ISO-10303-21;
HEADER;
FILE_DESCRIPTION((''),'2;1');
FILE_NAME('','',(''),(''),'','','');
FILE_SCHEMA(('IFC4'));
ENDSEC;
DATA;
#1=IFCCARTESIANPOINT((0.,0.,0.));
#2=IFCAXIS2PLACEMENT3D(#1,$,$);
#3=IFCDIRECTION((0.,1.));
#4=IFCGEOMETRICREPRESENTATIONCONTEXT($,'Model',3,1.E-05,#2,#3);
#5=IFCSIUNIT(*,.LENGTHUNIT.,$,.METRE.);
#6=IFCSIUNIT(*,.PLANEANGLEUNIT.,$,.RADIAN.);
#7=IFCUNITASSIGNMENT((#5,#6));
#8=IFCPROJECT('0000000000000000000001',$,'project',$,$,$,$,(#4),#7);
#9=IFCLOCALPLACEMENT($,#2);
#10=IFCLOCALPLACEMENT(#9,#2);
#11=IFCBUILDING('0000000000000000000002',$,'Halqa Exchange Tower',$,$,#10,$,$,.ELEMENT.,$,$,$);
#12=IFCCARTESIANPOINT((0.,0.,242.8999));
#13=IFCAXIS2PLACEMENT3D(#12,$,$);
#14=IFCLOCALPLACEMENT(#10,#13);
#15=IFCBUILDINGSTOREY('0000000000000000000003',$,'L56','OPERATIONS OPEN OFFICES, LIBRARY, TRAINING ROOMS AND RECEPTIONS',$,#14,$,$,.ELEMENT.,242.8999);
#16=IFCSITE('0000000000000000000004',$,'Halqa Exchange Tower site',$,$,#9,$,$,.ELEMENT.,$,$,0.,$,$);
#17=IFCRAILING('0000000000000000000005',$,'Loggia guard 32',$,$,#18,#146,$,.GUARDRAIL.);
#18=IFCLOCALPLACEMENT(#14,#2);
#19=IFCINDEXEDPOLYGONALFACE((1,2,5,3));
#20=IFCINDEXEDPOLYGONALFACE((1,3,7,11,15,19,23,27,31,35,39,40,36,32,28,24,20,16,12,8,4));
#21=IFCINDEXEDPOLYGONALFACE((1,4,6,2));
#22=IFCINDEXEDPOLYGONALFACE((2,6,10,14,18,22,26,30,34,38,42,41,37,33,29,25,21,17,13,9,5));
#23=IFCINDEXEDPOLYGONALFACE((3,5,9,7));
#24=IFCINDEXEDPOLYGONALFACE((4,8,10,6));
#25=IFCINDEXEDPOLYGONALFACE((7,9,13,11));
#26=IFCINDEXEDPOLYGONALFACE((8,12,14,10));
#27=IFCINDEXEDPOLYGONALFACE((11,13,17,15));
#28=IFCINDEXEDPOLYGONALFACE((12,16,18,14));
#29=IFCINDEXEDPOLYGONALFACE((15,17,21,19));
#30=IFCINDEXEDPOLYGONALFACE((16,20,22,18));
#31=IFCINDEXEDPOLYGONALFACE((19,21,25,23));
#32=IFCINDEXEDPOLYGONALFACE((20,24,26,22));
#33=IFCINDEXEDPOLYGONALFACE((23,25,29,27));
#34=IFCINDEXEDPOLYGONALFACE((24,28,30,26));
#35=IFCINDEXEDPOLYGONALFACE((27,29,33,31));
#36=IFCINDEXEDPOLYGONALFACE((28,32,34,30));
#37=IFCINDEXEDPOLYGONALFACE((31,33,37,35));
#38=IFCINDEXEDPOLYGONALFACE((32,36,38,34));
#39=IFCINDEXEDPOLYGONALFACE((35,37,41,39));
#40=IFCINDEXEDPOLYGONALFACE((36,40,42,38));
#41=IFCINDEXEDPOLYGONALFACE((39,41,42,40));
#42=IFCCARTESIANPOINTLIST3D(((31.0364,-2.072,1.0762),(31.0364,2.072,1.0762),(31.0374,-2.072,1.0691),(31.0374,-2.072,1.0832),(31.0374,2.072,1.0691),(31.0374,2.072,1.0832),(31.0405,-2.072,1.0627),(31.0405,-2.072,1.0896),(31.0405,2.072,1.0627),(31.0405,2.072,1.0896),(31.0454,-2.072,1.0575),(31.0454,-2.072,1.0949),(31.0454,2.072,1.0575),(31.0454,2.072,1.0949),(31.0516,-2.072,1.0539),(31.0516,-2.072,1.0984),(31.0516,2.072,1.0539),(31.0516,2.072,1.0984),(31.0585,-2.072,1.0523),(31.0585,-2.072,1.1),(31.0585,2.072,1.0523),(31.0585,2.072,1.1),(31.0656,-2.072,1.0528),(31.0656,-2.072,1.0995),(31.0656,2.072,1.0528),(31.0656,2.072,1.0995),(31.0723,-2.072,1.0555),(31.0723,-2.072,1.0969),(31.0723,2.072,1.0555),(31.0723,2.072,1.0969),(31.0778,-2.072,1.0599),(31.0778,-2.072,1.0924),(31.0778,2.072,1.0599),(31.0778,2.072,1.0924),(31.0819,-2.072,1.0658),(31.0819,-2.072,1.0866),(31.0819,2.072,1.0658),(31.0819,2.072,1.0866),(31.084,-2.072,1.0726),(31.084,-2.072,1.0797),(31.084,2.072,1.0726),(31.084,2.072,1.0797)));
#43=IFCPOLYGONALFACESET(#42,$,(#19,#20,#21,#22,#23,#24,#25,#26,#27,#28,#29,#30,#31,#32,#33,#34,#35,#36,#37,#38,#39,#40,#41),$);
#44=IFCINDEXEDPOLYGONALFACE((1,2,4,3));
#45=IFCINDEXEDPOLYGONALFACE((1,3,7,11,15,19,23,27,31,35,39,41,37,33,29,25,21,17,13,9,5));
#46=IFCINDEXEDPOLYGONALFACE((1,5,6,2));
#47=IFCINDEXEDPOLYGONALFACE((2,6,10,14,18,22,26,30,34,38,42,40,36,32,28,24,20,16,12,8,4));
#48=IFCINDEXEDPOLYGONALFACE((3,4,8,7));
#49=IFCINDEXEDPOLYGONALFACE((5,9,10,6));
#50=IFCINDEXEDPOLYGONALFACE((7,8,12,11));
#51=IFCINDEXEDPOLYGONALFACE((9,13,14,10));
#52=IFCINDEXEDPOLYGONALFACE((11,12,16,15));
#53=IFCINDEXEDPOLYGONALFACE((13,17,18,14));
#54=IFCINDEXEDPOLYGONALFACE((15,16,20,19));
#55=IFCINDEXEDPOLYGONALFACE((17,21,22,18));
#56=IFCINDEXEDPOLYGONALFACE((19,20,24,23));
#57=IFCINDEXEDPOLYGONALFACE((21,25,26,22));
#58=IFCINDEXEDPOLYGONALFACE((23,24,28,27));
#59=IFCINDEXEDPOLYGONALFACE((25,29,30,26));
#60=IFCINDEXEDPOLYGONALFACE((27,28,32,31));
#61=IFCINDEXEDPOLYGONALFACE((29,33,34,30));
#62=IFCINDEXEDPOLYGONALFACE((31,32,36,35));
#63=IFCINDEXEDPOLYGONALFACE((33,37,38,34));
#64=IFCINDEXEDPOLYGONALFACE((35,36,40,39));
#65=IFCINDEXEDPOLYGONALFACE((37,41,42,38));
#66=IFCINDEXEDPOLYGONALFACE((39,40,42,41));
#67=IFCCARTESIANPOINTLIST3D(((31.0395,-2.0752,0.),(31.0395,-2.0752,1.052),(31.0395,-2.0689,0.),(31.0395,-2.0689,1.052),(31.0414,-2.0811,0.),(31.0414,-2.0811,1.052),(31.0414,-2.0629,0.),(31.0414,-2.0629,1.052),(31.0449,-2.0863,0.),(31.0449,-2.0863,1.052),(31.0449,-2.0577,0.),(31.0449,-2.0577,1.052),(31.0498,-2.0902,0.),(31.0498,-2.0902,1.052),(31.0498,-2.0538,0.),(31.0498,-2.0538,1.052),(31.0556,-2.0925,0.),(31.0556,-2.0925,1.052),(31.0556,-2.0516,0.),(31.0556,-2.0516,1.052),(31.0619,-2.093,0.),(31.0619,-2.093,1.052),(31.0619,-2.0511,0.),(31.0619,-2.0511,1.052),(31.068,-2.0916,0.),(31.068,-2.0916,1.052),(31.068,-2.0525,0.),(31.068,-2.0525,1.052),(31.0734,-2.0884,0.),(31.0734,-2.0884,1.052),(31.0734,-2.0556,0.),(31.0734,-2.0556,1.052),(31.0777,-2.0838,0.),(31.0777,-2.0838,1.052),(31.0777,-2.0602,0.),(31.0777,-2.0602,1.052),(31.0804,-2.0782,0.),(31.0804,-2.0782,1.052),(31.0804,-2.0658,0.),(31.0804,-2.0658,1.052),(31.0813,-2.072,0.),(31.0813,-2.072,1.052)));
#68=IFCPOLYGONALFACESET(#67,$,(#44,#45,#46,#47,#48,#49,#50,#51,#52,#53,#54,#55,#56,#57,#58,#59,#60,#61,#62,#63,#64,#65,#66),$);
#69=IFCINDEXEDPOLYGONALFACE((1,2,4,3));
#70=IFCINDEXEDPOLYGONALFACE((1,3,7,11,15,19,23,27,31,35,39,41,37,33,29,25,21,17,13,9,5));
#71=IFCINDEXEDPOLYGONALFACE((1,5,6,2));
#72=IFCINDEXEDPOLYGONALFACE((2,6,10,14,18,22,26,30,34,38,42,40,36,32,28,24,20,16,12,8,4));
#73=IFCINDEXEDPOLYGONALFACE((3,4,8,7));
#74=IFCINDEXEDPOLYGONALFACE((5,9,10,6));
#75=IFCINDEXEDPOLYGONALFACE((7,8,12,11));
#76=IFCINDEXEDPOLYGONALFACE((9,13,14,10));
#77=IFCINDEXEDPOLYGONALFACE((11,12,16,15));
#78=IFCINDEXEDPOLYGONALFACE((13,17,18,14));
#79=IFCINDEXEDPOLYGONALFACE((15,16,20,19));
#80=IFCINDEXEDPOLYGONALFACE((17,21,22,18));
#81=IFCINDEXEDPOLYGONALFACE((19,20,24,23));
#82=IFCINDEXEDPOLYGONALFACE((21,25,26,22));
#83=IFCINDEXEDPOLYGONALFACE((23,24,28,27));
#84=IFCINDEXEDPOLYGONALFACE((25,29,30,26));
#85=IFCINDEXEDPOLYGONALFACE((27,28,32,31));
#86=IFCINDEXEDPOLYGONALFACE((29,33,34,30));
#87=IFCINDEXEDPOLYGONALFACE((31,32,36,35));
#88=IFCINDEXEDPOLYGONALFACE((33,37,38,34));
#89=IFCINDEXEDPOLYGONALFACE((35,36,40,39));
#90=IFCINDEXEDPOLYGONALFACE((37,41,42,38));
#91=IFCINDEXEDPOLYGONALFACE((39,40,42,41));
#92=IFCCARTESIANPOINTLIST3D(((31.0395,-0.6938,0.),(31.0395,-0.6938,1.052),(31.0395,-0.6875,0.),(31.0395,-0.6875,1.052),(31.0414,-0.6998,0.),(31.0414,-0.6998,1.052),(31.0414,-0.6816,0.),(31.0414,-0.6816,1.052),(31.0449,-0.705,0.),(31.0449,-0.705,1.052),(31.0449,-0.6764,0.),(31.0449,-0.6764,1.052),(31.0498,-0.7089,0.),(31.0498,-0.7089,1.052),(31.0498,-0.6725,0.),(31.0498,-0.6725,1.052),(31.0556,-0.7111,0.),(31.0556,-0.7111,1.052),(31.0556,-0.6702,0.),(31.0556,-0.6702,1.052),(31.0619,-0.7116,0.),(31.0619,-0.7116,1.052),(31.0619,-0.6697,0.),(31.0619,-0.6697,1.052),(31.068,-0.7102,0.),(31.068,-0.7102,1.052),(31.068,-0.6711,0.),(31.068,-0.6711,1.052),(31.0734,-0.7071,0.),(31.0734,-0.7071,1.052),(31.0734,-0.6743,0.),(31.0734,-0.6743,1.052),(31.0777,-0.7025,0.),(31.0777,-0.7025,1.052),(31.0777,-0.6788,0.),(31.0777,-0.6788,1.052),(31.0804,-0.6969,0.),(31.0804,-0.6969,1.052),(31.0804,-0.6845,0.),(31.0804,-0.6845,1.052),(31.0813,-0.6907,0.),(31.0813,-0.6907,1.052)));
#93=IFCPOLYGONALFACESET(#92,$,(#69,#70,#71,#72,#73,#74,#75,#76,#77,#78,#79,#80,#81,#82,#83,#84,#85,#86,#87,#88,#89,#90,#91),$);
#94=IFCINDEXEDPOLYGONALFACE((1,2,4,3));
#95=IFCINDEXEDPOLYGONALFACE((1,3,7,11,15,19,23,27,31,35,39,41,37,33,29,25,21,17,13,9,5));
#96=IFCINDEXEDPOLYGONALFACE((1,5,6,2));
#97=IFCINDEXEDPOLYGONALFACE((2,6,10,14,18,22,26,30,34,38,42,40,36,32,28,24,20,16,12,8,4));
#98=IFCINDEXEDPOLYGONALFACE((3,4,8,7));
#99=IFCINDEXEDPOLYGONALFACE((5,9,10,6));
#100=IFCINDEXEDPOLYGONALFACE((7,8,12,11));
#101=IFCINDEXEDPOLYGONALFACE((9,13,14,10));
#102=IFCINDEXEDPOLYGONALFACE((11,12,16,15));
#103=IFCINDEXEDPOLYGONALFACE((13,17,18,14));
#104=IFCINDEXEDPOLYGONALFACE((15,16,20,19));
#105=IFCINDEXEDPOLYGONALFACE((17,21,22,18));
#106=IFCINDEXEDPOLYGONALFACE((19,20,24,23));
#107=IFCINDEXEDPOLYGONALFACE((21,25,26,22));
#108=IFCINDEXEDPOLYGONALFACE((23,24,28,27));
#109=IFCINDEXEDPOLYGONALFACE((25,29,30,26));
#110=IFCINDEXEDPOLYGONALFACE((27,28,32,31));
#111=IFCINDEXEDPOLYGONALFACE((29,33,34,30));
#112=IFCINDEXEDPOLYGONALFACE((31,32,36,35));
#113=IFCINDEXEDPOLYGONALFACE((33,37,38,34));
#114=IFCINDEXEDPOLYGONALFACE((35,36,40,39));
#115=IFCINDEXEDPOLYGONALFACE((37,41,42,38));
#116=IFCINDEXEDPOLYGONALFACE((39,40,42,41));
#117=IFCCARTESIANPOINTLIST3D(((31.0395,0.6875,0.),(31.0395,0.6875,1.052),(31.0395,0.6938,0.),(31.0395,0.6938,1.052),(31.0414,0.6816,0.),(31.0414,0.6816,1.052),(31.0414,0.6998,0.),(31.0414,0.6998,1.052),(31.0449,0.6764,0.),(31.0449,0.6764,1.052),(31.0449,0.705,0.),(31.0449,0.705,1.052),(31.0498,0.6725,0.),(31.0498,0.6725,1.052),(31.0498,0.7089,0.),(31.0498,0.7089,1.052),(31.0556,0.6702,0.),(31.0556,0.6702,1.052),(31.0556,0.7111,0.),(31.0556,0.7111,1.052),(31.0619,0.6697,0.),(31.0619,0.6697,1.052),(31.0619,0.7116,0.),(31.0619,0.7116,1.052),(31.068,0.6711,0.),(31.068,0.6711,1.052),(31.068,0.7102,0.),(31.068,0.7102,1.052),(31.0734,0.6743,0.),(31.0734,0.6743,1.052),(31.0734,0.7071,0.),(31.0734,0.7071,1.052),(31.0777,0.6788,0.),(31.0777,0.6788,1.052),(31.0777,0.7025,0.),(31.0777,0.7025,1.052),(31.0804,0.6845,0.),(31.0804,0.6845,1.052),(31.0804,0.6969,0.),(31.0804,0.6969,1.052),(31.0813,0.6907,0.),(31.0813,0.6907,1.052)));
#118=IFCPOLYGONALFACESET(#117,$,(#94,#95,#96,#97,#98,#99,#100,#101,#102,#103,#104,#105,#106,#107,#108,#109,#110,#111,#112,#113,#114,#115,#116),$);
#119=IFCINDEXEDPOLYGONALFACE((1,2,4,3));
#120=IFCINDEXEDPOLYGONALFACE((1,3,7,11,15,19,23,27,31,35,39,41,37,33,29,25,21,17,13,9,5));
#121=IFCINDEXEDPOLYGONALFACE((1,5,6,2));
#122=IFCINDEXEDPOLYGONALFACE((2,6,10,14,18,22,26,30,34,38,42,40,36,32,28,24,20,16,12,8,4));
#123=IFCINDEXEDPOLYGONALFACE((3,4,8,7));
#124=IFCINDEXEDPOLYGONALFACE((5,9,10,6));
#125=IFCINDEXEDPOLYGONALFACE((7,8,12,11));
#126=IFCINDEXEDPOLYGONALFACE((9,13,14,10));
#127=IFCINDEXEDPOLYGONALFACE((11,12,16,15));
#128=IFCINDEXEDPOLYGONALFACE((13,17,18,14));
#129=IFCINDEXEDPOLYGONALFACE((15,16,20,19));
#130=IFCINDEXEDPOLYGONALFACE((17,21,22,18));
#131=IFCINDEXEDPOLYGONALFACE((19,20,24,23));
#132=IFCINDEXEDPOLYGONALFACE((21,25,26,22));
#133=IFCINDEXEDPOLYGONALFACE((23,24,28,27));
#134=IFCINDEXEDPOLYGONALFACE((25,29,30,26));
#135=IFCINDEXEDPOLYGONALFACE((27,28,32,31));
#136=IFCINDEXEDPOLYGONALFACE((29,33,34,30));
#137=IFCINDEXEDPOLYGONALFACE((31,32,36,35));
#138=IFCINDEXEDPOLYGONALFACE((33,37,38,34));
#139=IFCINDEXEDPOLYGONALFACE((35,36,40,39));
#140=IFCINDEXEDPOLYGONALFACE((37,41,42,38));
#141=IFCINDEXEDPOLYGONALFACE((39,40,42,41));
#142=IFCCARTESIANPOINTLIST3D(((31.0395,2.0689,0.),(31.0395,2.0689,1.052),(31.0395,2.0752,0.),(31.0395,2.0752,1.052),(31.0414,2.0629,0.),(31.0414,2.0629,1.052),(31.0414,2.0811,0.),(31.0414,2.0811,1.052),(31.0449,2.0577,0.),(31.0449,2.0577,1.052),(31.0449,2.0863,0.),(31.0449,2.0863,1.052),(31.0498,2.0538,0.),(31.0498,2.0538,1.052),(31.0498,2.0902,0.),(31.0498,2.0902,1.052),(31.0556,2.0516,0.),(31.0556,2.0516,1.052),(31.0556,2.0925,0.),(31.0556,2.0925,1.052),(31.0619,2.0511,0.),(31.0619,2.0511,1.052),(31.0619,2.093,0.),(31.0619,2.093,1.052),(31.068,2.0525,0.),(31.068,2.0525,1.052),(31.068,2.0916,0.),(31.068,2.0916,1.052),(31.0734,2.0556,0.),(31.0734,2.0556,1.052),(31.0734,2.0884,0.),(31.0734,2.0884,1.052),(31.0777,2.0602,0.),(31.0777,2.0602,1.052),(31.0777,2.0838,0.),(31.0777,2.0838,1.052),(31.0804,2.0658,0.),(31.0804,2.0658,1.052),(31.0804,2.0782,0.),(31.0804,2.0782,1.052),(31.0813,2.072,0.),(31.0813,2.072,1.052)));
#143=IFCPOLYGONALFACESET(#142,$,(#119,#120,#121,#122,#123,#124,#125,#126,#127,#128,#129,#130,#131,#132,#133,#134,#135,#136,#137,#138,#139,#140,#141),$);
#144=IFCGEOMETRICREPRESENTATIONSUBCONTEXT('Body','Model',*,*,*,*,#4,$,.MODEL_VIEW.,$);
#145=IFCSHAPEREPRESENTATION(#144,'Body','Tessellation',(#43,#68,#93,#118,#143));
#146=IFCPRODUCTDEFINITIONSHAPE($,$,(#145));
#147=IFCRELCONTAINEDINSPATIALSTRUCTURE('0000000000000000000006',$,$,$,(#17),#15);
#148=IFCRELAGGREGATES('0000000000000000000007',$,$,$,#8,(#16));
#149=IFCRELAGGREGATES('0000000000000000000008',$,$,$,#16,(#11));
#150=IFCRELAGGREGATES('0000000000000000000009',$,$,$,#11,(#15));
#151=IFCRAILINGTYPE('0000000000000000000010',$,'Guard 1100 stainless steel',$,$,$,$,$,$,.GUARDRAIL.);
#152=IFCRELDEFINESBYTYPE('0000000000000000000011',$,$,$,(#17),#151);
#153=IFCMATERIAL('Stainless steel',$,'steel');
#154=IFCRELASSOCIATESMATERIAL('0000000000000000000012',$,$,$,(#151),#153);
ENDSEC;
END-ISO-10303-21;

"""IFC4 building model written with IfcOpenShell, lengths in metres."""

from ifc_helpers import new_model, si_unit, direction, frame, origin, origin_2d, place, context, subcontext, project, spatial, circle, extrude, material, type_object, element, save


model = new_model("IFC4")

# Units and contexts
model_context = context("Model", 3, precision=1e-05, world=origin(), true_north=direction((0.0, 1.0)))
body_context = subcontext(model_context, "Body", "Model", "MODEL_VIEW")
ifc_project = project(units=[si_unit("LENGTHUNIT", "METRE"), si_unit("PLANEANGLEUNIT", "RADIAN")], contexts=[model_context])

# Site, building, storey
site_placement = place(None, origin())
site = spatial("IfcSite", under=ifc_project, at=site_placement, Name="Halqa Exchange Tower site", CompositionType="ELEMENT", RefElevation=0.0)
building_placement = place(site_placement, origin())
building = spatial("IfcBuilding", under=site, at=building_placement, Name="Halqa Exchange Tower", CompositionType="ELEMENT")
storey_placement = place(building_placement, frame((0.0, 0.0, 242.8999)))
storey = spatial("IfcBuildingStorey", under=building, at=storey_placement, Name="L56", Description="OPERATIONS OPEN OFFICES, LIBRARY, TRAINING ROOMS AND RECEPTIONS", CompositionType="ELEMENT", Elevation=242.8999)

# Railing
ifc_material_1 = material(Name="Stainless steel", Category="steel")
railing_type = type_object("IfcRailingType", Name="Guard 1100 stainless steel", PredefinedType="GUARDRAIL", material=ifc_material_1)
railing_1_placement = place(storey_placement, frame((31.0603, -2.072, 0.0)))
element("IfcRailing", 1, at=railing_1_placement, inside=storey, type_object=railing_type, Name="Loggia guard 32", PredefinedType="GUARDRAIL", context=body_context, shape_type="SweptSolid", body=[
    extrude(circle(Radius=0.0239, at=origin_2d()), frame((0.0, 0.0, 1.0762), z_axis=(0.0, 1.0, 0.0), x_axis=(-1.0, 0.0, 0.0)), (0.0, 0.0, 1.0), 4.144),
    extrude(circle(Radius=0.021, at=origin_2d()), origin(), (0.0, 0.0, 1.0), 1.052),
    extrude(circle(Radius=0.021, at=origin_2d()), frame((0.0, 1.3813, 0.0)), (0.0, 0.0, 1.0), 1.052),
    extrude(circle(Radius=0.021, at=origin_2d()), frame((0.0, 2.7627, 0.0)), (0.0, 0.0, 1.0), 1.052),
    extrude(circle(Radius=0.021, at=origin_2d()), frame((0.0, 4.144, 0.0)), (0.0, 0.0, 1.0), 1.052),
])

save(model, "model.ifc")
